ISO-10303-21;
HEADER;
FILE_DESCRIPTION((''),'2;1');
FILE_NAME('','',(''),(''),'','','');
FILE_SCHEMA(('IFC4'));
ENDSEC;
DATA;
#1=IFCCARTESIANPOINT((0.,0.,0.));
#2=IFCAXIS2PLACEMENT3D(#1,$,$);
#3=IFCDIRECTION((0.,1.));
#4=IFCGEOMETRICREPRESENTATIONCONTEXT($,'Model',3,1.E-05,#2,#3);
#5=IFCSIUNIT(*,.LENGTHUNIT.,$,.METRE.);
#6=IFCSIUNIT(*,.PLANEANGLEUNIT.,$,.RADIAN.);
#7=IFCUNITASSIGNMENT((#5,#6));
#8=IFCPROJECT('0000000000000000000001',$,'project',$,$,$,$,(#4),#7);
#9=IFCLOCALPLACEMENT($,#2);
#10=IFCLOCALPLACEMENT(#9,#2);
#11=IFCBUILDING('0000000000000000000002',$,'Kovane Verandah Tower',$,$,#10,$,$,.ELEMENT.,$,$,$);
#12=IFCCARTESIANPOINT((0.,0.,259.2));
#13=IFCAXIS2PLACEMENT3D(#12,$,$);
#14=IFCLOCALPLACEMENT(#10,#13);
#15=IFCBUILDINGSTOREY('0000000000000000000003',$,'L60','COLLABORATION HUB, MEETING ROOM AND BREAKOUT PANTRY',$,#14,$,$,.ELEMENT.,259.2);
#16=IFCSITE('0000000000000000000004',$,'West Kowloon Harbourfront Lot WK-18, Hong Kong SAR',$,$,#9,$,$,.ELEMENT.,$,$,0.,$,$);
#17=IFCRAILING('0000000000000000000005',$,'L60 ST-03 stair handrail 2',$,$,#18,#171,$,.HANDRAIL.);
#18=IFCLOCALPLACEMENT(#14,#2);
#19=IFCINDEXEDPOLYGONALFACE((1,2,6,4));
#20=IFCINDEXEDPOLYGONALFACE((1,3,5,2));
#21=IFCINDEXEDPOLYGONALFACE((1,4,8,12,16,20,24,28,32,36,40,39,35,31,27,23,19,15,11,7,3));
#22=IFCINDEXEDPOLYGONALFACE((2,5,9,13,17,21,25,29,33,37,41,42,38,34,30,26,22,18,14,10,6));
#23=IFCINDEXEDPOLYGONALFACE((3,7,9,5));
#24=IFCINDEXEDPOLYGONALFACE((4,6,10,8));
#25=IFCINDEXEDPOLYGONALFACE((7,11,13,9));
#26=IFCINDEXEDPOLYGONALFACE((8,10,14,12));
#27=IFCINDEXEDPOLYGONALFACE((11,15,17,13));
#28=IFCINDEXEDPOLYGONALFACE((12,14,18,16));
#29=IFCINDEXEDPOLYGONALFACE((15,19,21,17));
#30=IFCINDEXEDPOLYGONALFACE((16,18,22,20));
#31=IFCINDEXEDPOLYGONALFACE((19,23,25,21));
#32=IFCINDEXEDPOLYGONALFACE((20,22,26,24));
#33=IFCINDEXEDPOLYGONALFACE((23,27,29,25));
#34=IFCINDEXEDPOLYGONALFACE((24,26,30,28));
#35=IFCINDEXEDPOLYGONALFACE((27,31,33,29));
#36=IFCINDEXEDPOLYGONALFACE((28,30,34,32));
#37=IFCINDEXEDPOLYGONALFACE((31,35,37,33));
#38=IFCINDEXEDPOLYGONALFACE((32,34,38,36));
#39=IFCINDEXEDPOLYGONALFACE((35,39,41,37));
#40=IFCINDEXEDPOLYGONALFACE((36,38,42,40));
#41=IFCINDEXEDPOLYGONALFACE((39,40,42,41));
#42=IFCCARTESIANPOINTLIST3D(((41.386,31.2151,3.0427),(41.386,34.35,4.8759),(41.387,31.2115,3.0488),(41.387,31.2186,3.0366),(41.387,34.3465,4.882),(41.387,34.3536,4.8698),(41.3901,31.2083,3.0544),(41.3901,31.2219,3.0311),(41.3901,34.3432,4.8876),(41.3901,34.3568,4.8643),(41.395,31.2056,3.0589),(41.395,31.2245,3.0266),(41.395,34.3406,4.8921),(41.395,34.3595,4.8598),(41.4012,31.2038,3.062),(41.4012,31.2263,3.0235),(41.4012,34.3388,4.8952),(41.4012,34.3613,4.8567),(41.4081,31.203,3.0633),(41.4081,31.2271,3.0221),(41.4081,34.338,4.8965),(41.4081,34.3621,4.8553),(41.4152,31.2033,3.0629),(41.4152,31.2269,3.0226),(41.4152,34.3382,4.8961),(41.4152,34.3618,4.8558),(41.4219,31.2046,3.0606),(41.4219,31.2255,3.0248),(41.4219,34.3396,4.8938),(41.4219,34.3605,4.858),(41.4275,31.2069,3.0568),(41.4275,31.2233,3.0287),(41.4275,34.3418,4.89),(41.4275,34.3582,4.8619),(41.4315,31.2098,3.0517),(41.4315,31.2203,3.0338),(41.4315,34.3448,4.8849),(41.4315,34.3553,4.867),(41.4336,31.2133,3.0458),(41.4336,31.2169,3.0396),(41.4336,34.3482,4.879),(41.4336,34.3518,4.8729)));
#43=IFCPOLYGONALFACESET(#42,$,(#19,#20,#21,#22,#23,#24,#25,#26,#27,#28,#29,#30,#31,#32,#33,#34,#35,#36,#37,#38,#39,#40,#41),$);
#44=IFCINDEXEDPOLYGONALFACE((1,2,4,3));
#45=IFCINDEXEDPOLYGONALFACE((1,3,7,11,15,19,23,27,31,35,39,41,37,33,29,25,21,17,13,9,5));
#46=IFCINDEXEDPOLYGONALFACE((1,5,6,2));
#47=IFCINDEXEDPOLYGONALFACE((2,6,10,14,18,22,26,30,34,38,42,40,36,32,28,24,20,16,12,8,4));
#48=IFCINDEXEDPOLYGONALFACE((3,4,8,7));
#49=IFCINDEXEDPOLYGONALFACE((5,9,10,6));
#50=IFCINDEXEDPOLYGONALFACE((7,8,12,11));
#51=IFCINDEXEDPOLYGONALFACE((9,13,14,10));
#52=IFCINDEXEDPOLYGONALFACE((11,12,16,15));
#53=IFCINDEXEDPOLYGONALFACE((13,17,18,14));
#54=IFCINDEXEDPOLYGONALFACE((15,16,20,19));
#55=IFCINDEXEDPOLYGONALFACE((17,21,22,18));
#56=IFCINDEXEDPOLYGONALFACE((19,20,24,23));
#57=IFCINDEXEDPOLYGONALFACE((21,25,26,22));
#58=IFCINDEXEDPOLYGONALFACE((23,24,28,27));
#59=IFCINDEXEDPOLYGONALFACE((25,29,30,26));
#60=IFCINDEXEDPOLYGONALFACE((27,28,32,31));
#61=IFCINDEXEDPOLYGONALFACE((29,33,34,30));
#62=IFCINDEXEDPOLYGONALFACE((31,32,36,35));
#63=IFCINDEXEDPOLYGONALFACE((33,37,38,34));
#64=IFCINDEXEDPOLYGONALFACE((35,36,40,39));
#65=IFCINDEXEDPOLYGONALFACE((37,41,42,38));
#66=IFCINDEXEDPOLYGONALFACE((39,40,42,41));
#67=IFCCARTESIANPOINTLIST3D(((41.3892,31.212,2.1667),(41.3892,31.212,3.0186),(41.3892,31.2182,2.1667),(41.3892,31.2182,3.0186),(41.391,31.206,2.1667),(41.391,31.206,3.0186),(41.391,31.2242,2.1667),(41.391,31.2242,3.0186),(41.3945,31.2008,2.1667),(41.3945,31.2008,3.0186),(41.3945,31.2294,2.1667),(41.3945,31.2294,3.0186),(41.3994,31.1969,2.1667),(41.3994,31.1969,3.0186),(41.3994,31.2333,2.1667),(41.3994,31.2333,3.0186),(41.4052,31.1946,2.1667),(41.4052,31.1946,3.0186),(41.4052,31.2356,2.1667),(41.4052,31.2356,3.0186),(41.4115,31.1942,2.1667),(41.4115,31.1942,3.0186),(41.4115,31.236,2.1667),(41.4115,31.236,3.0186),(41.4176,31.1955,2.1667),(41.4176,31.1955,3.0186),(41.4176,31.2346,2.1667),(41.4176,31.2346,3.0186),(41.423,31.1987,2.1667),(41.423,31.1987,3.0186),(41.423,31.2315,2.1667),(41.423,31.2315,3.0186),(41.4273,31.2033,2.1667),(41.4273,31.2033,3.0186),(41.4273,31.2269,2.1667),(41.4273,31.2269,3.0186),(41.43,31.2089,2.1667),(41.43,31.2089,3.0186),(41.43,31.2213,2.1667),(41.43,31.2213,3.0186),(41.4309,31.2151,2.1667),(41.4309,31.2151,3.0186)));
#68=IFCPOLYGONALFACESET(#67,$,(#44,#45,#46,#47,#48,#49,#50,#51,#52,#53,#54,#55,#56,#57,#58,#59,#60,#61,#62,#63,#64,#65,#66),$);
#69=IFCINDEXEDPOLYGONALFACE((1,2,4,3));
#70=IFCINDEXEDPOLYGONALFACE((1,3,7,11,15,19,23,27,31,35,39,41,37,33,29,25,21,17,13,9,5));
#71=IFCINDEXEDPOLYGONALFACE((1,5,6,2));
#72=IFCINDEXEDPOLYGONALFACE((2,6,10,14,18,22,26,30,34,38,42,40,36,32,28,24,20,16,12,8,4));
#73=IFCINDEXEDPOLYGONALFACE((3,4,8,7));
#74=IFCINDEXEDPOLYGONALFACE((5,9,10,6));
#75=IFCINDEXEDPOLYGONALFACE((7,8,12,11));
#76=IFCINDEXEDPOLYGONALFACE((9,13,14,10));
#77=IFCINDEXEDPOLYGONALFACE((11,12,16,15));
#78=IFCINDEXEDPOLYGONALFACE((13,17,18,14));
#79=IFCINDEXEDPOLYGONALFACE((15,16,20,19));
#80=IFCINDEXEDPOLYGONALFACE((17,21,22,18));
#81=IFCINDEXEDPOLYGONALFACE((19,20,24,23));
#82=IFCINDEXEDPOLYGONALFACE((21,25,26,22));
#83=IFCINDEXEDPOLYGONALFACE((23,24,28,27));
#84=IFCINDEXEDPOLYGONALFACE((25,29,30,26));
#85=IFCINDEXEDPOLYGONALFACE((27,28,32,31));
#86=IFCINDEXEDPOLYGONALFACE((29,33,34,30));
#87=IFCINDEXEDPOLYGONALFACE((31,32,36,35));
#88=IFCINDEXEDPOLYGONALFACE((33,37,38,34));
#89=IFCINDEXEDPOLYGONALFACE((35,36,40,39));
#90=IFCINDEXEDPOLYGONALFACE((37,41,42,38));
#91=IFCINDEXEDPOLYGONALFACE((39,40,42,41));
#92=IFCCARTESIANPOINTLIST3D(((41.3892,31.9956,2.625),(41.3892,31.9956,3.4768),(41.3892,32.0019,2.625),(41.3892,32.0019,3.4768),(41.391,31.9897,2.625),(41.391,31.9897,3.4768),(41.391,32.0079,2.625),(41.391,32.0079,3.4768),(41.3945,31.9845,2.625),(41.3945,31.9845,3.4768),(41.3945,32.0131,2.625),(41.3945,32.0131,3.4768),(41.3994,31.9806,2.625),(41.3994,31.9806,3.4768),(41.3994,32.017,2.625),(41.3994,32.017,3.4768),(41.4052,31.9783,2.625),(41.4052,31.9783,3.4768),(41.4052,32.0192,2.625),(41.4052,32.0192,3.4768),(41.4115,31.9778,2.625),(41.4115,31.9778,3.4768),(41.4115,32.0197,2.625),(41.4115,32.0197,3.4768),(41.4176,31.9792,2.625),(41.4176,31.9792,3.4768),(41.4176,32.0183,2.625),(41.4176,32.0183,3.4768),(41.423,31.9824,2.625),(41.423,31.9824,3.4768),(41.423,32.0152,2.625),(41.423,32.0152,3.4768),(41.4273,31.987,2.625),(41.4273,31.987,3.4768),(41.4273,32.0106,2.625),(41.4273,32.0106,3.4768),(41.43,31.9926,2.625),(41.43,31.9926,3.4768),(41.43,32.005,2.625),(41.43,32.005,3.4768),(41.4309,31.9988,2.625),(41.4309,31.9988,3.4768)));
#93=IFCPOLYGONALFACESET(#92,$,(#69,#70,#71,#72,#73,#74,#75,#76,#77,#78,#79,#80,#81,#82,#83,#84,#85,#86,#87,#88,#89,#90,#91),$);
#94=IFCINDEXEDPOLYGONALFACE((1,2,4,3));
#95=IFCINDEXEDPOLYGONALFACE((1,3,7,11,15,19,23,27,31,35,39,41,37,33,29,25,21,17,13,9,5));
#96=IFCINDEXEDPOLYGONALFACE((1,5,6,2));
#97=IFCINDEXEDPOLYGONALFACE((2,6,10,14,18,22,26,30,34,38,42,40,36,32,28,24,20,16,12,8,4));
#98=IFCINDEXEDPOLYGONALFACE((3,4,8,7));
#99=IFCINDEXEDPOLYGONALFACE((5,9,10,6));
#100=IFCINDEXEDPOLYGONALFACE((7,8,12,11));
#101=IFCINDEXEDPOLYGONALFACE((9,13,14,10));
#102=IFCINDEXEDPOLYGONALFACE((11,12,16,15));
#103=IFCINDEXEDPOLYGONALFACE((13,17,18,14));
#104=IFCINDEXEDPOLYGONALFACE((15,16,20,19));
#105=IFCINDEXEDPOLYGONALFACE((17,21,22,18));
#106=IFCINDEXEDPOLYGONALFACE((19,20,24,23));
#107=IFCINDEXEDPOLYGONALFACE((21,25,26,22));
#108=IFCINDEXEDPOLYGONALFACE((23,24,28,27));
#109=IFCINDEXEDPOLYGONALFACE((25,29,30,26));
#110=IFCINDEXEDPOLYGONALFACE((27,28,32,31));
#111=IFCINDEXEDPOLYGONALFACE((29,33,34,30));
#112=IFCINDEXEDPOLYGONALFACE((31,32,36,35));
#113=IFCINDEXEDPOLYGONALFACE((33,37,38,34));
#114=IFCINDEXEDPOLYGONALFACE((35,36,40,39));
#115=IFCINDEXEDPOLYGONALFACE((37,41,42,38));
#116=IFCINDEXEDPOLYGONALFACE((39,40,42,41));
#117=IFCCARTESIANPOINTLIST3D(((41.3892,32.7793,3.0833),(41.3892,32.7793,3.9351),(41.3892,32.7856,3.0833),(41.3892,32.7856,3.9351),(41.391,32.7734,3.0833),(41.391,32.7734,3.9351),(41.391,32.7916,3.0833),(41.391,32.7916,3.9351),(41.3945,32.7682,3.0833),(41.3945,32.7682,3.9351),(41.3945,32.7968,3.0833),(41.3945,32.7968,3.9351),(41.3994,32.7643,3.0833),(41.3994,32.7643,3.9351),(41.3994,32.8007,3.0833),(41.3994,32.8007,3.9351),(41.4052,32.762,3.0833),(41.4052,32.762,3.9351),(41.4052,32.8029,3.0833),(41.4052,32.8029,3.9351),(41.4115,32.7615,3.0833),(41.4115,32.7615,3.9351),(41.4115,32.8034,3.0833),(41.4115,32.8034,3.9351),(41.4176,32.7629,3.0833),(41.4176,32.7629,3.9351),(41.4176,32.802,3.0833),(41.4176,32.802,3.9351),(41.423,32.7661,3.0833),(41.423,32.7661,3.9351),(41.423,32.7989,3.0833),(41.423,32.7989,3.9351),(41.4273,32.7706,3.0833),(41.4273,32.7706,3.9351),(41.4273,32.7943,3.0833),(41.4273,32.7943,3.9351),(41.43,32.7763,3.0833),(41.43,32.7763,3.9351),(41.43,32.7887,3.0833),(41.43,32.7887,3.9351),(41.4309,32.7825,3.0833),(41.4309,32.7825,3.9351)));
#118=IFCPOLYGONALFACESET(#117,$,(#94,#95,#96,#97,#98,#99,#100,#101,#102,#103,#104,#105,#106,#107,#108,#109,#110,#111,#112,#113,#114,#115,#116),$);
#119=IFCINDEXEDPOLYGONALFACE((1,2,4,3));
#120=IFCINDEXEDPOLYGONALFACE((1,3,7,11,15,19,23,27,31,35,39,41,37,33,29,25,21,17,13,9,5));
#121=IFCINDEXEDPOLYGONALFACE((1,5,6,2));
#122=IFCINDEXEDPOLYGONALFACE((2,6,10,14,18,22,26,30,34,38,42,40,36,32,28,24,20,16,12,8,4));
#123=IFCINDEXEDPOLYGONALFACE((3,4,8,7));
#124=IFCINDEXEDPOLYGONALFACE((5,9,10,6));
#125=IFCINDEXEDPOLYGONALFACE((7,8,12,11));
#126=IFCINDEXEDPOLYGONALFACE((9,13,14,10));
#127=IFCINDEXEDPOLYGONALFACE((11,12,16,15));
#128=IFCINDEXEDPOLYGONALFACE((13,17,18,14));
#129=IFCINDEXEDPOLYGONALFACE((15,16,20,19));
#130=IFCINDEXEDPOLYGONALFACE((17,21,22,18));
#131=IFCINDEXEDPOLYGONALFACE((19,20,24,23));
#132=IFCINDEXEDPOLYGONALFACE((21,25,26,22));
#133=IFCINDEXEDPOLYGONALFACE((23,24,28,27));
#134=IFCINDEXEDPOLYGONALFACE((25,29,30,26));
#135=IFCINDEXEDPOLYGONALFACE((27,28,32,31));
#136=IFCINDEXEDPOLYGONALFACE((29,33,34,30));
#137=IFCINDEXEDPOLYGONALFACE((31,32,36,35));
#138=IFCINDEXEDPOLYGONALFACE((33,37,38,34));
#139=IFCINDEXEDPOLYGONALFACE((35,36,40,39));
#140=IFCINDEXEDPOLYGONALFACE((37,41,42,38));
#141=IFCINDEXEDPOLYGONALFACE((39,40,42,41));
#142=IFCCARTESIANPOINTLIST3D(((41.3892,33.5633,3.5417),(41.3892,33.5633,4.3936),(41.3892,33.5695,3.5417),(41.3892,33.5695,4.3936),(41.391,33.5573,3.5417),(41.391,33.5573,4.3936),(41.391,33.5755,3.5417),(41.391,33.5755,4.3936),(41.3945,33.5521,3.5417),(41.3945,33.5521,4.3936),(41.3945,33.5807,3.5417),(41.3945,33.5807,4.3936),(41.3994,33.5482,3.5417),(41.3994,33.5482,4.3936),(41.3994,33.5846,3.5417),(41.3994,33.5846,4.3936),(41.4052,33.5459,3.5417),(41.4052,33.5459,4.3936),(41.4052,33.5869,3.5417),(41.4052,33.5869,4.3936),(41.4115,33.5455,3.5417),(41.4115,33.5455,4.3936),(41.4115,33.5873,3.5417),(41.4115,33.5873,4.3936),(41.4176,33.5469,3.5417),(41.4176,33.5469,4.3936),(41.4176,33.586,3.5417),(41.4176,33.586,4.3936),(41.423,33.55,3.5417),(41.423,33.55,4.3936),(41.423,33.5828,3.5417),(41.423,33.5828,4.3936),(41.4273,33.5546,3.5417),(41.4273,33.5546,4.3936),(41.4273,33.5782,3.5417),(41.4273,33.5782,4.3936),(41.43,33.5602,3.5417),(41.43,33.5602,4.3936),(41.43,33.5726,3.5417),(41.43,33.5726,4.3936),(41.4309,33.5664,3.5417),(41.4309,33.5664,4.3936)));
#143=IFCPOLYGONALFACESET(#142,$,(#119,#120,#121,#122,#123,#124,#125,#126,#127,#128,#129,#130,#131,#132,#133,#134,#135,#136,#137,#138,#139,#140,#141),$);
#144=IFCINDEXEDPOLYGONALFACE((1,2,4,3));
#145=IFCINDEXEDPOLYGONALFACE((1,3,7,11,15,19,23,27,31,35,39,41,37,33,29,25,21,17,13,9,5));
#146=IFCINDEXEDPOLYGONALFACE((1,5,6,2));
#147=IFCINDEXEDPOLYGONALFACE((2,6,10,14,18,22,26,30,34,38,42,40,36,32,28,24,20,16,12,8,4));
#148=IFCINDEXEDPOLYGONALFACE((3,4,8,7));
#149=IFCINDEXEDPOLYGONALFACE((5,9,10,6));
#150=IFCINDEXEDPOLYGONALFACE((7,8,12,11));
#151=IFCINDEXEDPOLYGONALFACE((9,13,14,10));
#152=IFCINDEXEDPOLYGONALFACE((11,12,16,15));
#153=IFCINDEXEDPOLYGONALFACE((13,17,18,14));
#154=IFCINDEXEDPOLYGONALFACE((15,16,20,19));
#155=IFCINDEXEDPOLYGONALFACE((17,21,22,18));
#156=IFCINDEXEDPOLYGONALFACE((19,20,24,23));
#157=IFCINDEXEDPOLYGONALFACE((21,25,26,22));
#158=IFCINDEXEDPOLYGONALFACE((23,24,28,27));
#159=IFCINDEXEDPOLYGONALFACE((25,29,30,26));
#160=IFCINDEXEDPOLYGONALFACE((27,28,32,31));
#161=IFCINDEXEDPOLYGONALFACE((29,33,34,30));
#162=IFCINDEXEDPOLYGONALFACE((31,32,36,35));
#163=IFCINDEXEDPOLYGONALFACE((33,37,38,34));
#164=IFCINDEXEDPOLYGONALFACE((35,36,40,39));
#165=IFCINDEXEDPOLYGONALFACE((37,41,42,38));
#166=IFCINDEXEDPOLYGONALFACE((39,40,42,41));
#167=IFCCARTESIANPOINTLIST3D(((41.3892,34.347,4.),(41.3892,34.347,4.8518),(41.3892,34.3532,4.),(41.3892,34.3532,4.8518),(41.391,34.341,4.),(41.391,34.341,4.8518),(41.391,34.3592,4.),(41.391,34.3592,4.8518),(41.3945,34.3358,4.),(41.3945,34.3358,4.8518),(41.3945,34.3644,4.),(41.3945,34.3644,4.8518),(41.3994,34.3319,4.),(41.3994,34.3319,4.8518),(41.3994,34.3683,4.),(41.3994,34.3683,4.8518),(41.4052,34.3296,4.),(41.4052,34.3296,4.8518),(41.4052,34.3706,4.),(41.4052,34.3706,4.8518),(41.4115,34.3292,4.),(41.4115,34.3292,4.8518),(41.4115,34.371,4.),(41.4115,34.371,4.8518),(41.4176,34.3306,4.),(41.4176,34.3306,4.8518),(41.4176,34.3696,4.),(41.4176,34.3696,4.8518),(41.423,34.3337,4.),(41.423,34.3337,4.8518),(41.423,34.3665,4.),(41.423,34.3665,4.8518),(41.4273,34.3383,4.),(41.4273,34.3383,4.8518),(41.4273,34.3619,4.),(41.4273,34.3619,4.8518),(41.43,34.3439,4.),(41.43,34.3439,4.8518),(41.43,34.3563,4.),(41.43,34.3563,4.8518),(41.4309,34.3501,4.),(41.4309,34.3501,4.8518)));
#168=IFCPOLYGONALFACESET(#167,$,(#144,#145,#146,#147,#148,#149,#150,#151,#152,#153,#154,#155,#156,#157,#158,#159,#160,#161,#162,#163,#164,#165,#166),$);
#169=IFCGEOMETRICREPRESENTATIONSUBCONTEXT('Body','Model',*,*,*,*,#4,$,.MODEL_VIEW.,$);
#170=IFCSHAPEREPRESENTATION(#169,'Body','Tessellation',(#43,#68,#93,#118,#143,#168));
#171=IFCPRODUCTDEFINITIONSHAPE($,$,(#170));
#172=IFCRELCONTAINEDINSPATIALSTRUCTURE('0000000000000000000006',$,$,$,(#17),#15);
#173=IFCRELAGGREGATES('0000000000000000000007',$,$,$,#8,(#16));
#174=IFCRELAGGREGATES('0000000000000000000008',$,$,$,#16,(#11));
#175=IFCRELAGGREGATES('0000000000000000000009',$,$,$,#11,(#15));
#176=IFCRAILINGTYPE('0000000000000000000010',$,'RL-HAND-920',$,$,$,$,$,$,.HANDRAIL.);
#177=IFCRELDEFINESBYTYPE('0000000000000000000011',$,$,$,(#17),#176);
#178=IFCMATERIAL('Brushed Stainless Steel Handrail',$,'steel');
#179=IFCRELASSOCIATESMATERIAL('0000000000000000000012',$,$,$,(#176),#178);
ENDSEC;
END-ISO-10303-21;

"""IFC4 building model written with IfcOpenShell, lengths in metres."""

from ifc_helpers import new_model, si_unit, direction, frame, origin, origin_2d, place, context, subcontext, project, spatial, circle, extrude, material, type_object, element, save


model = new_model("IFC4")

# Units and contexts
model_context = context("Model", 3, precision=1e-05, world=origin(), true_north=direction((0.0, 1.0)))
body_context = subcontext(model_context, "Body", "Model", "MODEL_VIEW")
ifc_project = project(units=[si_unit("LENGTHUNIT", "METRE"), si_unit("PLANEANGLEUNIT", "RADIAN")], contexts=[model_context])

# Site, building, storey
site_placement = place(None, origin())
site = spatial("IfcSite", under=ifc_project, at=site_placement, Name="West Kowloon Harbourfront Lot WK-18, Hong Kong SAR", CompositionType="ELEMENT", RefElevation=0.0)
building_placement = place(site_placement, origin())
building = spatial("IfcBuilding", under=site, at=building_placement, Name="Kovane Verandah Tower", CompositionType="ELEMENT")
storey_placement = place(building_placement, frame((0.0, 0.0, 259.2)))
storey = spatial("IfcBuildingStorey", under=building, at=storey_placement, Name="L60", Description="COLLABORATION HUB, MEETING ROOM AND BREAKOUT PANTRY", CompositionType="ELEMENT", Elevation=259.2)

# Railing
ifc_material_1 = material(Name="Brushed Stainless Steel Handrail", Category="steel")
railing_type_1 = type_object("IfcRailingType", Name="RL-HAND-920", PredefinedType="HANDRAIL", material=ifc_material_1)
railing_1_placement = place(storey_placement, frame((41.4099, 31.2151, 2.1667)))
element("IfcRailing", 1, at=railing_1_placement, inside=storey, type_object=railing_type_1, Name="L60 ST-03 stair handrail 2", PredefinedType="HANDRAIL", context=body_context, shape_type="SweptSolid", body=[
    extrude(circle(Radius=0.0239, at=origin_2d()), frame((0.0, 0.0, 0.876), z_axis=(0.0, 0.86324, 0.504794), x_axis=(-1.0, 0.0, 0.0)), (0.0, 0.0, 1.0), 3.6316),
    extrude(circle(Radius=0.021, at=origin_2d()), origin(), (0.0, 0.0, 1.0), 0.8518),
    extrude(circle(Radius=0.021, at=origin_2d()), frame((0.0, 0.7837, 0.4583)), (0.0, 0.0, 1.0), 0.8518),
    extrude(circle(Radius=0.021, at=origin_2d()), frame((0.0, 1.5674, 0.9165)), (0.0, 0.0, 1.0), 0.8518),
    extrude(circle(Radius=0.021, at=origin_2d()), frame((0.0, 2.3513, 1.375)), (0.0, 0.0, 1.0), 0.8518),
    extrude(circle(Radius=0.021, at=origin_2d()), frame((0.0, 3.135, 1.8333)), (0.0, 0.0, 1.0), 0.8518),
])

save(model, "model.ifc")
